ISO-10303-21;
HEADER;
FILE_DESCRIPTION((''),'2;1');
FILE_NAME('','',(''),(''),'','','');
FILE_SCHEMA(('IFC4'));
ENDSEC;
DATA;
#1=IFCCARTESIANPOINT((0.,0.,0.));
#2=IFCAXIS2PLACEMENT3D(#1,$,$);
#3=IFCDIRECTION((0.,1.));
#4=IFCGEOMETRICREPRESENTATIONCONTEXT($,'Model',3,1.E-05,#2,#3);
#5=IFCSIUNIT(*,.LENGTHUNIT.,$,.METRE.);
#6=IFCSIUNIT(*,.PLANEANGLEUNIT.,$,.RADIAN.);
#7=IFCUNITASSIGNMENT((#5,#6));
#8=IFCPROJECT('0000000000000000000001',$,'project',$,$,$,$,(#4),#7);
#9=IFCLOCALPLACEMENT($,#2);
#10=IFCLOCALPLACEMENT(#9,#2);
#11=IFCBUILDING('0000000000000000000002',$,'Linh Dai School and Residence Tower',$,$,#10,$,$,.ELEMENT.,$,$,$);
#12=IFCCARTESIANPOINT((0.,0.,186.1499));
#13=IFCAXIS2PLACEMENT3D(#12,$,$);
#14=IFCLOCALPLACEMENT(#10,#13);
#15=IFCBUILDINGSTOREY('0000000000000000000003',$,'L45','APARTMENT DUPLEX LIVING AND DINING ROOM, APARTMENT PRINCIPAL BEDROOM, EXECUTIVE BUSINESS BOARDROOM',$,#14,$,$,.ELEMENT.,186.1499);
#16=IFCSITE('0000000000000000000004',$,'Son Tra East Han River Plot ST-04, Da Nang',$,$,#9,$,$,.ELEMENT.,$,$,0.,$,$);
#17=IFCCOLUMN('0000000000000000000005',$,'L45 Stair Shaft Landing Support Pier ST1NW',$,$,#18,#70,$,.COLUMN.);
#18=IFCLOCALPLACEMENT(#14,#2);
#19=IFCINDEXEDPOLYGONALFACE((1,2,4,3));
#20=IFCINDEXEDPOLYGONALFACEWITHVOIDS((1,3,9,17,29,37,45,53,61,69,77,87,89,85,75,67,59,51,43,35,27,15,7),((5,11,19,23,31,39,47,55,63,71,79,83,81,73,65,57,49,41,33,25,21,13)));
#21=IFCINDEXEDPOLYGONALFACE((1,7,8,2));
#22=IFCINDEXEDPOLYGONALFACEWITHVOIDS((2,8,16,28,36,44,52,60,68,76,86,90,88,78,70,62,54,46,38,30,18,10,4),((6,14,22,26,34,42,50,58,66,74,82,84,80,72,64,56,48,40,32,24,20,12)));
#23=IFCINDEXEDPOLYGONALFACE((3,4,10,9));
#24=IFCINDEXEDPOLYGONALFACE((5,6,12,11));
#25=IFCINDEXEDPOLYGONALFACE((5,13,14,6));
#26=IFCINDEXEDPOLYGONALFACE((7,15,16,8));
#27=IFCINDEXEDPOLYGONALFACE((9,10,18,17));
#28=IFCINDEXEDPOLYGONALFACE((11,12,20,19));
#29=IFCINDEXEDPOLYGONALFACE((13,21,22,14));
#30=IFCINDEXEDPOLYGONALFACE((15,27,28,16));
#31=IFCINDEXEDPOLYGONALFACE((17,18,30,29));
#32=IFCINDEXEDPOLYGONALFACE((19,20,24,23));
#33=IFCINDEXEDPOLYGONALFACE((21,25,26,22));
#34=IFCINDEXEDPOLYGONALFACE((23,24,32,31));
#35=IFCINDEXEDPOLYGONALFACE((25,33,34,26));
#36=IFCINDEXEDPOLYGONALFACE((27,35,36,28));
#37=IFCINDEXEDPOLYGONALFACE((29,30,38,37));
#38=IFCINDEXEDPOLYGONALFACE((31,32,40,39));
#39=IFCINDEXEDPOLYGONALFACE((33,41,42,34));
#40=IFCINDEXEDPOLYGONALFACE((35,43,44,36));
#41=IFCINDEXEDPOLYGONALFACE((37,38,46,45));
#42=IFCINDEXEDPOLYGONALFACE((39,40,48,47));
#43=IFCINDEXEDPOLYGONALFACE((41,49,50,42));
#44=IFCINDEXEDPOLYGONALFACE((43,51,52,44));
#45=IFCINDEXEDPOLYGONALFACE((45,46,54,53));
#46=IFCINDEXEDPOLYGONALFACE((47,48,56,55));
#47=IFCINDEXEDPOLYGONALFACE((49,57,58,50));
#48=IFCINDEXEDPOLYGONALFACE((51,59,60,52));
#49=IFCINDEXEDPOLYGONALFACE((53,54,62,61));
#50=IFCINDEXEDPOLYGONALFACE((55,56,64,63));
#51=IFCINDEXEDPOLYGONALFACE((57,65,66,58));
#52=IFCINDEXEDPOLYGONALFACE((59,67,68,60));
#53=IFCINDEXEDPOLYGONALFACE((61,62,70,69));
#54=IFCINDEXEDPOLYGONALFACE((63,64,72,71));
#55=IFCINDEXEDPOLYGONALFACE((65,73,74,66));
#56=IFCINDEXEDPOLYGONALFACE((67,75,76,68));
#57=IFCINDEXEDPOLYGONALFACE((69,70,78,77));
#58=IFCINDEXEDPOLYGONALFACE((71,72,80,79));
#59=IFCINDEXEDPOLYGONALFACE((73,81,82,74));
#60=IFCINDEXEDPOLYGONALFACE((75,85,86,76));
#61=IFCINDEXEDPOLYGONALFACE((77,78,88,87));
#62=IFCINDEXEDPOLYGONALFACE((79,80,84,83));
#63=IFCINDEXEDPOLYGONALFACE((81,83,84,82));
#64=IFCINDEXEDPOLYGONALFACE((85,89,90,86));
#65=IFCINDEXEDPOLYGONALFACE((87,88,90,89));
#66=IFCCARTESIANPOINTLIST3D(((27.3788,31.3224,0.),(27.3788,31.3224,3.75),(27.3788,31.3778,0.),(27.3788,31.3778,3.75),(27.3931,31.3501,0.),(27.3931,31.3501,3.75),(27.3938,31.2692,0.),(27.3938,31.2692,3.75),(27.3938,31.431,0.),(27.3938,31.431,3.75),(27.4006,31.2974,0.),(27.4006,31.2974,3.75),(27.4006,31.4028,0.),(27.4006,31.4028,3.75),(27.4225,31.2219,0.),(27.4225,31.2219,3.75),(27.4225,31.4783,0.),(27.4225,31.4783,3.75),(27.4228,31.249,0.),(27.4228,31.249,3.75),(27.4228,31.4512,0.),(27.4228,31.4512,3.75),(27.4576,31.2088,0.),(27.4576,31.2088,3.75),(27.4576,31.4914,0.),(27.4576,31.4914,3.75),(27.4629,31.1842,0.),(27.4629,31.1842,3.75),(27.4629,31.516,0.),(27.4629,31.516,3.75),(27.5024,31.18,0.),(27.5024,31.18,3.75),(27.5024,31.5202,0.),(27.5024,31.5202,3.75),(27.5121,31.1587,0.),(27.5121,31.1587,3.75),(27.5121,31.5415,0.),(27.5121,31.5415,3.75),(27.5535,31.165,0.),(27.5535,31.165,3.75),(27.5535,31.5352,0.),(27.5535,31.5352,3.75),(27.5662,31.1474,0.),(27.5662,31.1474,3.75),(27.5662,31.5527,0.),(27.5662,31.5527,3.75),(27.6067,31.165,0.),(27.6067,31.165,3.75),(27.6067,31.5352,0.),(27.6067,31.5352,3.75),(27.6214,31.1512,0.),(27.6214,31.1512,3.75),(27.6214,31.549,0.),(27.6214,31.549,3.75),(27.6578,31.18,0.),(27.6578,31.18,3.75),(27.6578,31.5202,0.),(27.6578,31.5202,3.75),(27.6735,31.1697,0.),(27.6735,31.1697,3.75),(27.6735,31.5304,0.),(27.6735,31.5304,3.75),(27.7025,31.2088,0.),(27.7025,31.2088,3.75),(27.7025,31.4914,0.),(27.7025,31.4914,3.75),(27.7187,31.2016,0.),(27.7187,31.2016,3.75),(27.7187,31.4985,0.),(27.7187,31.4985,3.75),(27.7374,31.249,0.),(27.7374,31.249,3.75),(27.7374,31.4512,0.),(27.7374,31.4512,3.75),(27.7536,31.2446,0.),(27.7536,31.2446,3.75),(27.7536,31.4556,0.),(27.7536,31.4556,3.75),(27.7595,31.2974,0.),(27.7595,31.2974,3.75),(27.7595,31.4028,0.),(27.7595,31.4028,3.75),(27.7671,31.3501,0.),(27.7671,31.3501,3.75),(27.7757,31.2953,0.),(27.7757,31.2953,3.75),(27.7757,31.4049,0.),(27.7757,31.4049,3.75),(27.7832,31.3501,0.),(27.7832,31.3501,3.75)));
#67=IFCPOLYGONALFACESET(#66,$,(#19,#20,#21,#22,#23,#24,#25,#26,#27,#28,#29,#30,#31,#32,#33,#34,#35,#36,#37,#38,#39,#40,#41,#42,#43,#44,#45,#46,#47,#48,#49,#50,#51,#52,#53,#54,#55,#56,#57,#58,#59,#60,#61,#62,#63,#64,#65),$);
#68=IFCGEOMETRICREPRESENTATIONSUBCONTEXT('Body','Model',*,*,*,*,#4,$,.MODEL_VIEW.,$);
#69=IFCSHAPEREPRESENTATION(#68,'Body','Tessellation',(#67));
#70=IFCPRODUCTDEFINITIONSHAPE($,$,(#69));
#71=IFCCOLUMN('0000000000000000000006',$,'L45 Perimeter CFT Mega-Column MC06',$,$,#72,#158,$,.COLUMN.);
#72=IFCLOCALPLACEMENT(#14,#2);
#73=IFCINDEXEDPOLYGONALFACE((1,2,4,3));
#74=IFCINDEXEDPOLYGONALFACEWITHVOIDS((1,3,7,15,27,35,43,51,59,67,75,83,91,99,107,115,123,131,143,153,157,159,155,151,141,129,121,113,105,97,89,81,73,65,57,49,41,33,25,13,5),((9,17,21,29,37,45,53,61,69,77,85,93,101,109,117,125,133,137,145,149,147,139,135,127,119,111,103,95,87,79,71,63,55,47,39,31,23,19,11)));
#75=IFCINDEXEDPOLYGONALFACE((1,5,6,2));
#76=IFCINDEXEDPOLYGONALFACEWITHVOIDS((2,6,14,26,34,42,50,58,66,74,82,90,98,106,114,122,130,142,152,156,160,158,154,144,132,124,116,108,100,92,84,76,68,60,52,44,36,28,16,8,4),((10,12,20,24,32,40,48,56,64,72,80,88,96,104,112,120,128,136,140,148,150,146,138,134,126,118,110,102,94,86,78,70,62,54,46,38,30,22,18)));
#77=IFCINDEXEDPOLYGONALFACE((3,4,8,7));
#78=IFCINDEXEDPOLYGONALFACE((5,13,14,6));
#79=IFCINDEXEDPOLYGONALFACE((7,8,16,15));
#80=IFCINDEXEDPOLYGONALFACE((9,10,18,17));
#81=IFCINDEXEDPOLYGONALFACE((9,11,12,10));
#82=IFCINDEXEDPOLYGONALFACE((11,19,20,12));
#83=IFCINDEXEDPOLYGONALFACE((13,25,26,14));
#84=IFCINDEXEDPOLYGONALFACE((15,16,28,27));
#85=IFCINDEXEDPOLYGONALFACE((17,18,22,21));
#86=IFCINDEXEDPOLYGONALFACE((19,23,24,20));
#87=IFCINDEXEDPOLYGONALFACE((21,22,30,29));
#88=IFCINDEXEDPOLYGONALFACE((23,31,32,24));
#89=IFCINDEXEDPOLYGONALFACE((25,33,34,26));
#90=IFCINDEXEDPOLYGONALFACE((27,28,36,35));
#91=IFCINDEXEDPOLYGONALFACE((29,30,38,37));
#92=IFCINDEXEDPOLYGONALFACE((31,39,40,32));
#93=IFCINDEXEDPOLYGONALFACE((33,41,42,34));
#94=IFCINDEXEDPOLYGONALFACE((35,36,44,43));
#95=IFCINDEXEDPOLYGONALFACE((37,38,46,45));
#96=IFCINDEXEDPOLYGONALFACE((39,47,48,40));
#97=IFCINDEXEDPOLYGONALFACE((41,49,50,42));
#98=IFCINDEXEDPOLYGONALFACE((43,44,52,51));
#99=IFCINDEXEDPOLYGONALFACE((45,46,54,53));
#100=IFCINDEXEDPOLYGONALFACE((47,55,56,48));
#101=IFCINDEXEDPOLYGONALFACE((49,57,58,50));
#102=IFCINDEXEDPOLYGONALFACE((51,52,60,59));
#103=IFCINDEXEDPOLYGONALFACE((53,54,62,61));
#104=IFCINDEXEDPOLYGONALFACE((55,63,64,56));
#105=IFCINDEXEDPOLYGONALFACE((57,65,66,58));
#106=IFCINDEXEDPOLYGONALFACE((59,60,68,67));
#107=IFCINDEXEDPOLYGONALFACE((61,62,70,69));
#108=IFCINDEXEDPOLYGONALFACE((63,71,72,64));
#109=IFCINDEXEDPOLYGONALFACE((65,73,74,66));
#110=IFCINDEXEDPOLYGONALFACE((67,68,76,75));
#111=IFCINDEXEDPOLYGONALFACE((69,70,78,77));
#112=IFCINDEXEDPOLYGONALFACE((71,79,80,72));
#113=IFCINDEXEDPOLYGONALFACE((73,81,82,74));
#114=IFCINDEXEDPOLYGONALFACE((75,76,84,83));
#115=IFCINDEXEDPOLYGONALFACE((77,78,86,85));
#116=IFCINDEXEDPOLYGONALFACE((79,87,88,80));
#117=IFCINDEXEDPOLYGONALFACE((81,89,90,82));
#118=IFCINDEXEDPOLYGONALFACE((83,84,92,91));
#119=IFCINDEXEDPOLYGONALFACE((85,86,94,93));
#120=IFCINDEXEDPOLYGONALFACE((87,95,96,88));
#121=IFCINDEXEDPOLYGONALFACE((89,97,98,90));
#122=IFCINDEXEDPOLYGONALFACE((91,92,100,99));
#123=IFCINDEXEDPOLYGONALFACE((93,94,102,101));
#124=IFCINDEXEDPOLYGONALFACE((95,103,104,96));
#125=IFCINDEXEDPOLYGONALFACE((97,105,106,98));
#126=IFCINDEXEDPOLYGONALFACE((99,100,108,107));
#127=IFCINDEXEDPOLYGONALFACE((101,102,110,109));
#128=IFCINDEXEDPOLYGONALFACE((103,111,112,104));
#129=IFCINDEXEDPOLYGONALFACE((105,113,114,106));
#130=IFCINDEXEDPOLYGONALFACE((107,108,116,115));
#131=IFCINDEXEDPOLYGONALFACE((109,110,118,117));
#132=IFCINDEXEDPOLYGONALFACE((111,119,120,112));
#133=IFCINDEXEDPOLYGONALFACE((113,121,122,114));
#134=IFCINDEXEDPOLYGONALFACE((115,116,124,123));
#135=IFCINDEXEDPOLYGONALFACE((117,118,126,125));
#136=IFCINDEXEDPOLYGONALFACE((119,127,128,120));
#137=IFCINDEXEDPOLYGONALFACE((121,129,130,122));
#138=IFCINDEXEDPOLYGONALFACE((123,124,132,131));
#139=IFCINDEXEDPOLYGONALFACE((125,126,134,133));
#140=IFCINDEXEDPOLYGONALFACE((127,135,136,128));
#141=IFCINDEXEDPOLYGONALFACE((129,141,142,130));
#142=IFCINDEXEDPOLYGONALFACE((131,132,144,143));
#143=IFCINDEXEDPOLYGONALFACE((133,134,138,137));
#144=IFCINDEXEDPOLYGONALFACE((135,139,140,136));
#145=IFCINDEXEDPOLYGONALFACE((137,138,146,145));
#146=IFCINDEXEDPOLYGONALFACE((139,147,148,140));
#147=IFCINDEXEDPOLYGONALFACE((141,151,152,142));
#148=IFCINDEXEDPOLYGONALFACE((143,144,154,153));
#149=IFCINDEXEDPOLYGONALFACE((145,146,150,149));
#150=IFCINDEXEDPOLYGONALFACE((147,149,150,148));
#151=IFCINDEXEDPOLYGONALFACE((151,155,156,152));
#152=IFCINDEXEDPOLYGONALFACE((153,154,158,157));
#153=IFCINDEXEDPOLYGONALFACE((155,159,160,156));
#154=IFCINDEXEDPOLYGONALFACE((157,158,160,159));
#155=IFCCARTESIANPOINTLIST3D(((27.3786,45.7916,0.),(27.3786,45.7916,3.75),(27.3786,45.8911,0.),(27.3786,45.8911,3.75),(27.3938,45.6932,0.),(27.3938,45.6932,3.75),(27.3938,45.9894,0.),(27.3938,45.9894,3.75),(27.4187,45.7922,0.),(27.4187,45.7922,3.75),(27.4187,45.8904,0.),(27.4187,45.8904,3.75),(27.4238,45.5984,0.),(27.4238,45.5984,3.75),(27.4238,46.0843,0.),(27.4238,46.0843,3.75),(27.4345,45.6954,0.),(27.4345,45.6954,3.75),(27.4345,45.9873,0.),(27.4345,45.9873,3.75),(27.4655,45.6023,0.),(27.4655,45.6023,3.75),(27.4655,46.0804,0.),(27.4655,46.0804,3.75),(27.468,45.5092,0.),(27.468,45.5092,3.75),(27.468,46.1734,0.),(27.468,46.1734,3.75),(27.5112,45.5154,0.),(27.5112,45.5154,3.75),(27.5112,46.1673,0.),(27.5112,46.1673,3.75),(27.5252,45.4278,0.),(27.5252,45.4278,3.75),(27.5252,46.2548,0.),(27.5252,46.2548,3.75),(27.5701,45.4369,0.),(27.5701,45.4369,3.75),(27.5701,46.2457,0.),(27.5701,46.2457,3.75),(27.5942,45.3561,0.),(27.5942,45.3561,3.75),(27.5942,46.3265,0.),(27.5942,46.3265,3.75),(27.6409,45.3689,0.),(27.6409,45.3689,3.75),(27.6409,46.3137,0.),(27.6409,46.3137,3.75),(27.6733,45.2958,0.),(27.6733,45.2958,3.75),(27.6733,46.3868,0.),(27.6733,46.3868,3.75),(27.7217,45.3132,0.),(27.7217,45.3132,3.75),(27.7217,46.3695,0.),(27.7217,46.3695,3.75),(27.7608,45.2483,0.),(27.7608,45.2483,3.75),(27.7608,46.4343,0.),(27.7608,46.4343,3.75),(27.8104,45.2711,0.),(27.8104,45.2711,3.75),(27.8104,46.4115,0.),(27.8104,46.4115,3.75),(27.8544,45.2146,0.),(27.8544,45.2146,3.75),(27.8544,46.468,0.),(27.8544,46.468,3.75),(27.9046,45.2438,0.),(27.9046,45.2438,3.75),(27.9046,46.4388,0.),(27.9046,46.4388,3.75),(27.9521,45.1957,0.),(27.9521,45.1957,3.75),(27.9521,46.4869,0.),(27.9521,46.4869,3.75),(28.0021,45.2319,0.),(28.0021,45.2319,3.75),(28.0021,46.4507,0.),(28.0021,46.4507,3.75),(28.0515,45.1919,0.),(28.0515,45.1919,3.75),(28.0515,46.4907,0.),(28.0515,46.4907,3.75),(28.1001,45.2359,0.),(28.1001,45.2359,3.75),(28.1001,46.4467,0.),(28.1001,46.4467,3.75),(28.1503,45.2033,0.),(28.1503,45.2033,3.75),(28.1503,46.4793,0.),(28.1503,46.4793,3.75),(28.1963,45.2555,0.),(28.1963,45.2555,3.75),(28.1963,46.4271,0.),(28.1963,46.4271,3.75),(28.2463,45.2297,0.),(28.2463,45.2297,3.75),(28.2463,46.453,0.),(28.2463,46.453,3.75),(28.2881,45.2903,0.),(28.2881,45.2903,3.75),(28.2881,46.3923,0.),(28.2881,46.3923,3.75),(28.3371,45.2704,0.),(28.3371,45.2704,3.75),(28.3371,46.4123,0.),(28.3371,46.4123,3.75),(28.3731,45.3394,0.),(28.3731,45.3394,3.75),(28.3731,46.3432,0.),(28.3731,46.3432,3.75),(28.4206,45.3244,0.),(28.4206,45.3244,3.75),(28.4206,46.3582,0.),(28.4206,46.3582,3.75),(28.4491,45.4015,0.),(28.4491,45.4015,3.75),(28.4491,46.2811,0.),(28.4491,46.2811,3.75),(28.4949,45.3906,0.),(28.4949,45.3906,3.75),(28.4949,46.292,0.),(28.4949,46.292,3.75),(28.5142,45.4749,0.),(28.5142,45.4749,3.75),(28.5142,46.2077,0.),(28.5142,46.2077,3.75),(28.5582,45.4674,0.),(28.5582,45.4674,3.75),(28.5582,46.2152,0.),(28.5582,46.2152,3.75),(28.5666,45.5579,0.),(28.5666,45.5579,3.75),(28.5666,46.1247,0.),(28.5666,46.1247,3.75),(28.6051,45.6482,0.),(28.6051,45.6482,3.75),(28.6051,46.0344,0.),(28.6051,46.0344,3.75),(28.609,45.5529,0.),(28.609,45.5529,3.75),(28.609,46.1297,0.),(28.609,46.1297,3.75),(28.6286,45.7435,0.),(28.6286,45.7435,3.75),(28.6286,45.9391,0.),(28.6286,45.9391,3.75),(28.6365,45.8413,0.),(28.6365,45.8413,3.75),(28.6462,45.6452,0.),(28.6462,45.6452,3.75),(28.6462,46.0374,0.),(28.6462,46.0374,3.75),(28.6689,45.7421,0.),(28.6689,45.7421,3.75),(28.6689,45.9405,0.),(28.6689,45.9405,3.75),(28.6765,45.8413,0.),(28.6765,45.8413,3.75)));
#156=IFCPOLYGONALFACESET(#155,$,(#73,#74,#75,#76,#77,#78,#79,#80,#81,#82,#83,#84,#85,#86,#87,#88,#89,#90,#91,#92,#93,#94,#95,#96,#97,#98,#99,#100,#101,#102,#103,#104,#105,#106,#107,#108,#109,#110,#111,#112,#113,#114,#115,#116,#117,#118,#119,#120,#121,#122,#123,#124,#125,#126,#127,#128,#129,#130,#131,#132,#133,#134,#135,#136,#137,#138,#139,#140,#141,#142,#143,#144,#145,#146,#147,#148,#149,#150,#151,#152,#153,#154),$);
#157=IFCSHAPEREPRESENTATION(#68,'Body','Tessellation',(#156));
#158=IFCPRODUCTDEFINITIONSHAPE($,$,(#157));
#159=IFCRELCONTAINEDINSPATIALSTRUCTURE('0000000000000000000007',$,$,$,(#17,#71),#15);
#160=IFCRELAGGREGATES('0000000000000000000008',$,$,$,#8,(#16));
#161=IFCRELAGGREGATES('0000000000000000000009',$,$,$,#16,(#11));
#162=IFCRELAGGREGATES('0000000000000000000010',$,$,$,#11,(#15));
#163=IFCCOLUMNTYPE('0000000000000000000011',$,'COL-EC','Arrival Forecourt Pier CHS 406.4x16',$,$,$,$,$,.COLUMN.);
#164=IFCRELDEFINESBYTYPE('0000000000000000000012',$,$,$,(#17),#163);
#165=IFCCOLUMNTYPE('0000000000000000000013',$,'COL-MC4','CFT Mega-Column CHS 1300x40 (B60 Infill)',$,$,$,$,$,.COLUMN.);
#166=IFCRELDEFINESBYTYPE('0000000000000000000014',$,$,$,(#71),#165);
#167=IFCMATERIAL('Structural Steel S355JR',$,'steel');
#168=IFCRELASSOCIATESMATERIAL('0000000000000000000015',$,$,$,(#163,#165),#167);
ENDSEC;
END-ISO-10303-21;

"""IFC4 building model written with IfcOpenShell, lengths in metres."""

from ifc_helpers import new_model, si_unit, direction, frame, origin, origin_2d, place, context, subcontext, project, spatial, hollow_circle, extrude, material, material_profile, profile_set, type_object, element, save


model = new_model("IFC4")

# Units and contexts
model_context = context("Model", 3, precision=1e-05, world=origin(), true_north=direction((0.0, 1.0)))
body_context = subcontext(model_context, "Body", "Model", "MODEL_VIEW")
ifc_project = project(units=[si_unit("LENGTHUNIT", "METRE"), si_unit("PLANEANGLEUNIT", "RADIAN")], contexts=[model_context])

# Site, building, storey
site_placement = place(None, origin())
site = spatial("IfcSite", under=ifc_project, at=site_placement, Name="Son Tra East Han River Plot ST-04, Da Nang", CompositionType="ELEMENT", RefElevation=0.0)
building_placement = place(site_placement, origin())
building = spatial("IfcBuilding", under=site, at=building_placement, Name="Linh Dai School and Residence Tower", CompositionType="ELEMENT")
storey_placement = place(building_placement, frame((0.0, 0.0, 186.1499)))
storey = spatial("IfcBuildingStorey", under=building, at=storey_placement, Name="L45", Description="APARTMENT DUPLEX LIVING AND DINING ROOM, APARTMENT PRINCIPAL BEDROOM, EXECUTIVE BUSINESS BOARDROOM", CompositionType="ELEMENT", Elevation=186.1499)

# Columns
ifc_material_1 = material(Name="Structural Steel S355JR", Category="steel")
ifc_material_profile_1 = material_profile(ifc_material_1, hollow_circle(Radius=0.2031, WallThickness=0.0161, at=origin_2d()), Name="CHS 406.4x16")
ifc_profile_set_1 = profile_set([ifc_material_profile_1], Name="Structural Steel S355JR")
column_type_1 = type_object("IfcColumnType", Name="COL-EC", Description="Arrival Forecourt Pier CHS 406.4x16", PredefinedType="COLUMN", material=ifc_profile_set_1)
column_1_placement = place(storey_placement, frame((27.5801, 31.3501, 0.0), z_axis=(0.0, 0.0, 1.0), x_axis=(1.0, 0.0, 0.0)))
element("IfcColumn", 1, at=column_1_placement, inside=storey, type_object=column_type_1, Name="L45 Stair Shaft Landing Support Pier ST1NW", PredefinedType="COLUMN", context=body_context, shape_type="SweptSolid", body=[
    extrude(hollow_circle(Radius=0.2031, WallThickness=0.0161, at=origin_2d()), origin(), (0.0, 0.0, 1.0), 3.75),
])
ifc_material_profile_2 = material_profile(ifc_material_1, hollow_circle(Radius=0.6499, WallThickness=0.04, at=origin_2d()), Name="CHS 1300x40")
ifc_profile_set_2 = profile_set([ifc_material_profile_2], Name="Structural Steel S355JR")
column_type_2 = type_object("IfcColumnType", Name="COL-MC4", Description="CFT Mega-Column CHS 1300x40 (B60 Infill)", PredefinedType="COLUMN", material=ifc_profile_set_2)
column_2_placement = place(storey_placement, frame((28.0266, 45.8413, 0.0), z_axis=(0.0, 0.0, 1.0), x_axis=(1.0, 0.0, 0.0)))
element("IfcColumn", 2, at=column_2_placement, inside=storey, type_object=column_type_2, Name="L45 Perimeter CFT Mega-Column MC06", PredefinedType="COLUMN", context=body_context, shape_type="SweptSolid", body=[
    extrude(hollow_circle(Radius=0.6499, WallThickness=0.04, at=origin_2d()), origin(), (0.0, 0.0, 1.0), 3.75),
])

save(model, "model.ifc")
